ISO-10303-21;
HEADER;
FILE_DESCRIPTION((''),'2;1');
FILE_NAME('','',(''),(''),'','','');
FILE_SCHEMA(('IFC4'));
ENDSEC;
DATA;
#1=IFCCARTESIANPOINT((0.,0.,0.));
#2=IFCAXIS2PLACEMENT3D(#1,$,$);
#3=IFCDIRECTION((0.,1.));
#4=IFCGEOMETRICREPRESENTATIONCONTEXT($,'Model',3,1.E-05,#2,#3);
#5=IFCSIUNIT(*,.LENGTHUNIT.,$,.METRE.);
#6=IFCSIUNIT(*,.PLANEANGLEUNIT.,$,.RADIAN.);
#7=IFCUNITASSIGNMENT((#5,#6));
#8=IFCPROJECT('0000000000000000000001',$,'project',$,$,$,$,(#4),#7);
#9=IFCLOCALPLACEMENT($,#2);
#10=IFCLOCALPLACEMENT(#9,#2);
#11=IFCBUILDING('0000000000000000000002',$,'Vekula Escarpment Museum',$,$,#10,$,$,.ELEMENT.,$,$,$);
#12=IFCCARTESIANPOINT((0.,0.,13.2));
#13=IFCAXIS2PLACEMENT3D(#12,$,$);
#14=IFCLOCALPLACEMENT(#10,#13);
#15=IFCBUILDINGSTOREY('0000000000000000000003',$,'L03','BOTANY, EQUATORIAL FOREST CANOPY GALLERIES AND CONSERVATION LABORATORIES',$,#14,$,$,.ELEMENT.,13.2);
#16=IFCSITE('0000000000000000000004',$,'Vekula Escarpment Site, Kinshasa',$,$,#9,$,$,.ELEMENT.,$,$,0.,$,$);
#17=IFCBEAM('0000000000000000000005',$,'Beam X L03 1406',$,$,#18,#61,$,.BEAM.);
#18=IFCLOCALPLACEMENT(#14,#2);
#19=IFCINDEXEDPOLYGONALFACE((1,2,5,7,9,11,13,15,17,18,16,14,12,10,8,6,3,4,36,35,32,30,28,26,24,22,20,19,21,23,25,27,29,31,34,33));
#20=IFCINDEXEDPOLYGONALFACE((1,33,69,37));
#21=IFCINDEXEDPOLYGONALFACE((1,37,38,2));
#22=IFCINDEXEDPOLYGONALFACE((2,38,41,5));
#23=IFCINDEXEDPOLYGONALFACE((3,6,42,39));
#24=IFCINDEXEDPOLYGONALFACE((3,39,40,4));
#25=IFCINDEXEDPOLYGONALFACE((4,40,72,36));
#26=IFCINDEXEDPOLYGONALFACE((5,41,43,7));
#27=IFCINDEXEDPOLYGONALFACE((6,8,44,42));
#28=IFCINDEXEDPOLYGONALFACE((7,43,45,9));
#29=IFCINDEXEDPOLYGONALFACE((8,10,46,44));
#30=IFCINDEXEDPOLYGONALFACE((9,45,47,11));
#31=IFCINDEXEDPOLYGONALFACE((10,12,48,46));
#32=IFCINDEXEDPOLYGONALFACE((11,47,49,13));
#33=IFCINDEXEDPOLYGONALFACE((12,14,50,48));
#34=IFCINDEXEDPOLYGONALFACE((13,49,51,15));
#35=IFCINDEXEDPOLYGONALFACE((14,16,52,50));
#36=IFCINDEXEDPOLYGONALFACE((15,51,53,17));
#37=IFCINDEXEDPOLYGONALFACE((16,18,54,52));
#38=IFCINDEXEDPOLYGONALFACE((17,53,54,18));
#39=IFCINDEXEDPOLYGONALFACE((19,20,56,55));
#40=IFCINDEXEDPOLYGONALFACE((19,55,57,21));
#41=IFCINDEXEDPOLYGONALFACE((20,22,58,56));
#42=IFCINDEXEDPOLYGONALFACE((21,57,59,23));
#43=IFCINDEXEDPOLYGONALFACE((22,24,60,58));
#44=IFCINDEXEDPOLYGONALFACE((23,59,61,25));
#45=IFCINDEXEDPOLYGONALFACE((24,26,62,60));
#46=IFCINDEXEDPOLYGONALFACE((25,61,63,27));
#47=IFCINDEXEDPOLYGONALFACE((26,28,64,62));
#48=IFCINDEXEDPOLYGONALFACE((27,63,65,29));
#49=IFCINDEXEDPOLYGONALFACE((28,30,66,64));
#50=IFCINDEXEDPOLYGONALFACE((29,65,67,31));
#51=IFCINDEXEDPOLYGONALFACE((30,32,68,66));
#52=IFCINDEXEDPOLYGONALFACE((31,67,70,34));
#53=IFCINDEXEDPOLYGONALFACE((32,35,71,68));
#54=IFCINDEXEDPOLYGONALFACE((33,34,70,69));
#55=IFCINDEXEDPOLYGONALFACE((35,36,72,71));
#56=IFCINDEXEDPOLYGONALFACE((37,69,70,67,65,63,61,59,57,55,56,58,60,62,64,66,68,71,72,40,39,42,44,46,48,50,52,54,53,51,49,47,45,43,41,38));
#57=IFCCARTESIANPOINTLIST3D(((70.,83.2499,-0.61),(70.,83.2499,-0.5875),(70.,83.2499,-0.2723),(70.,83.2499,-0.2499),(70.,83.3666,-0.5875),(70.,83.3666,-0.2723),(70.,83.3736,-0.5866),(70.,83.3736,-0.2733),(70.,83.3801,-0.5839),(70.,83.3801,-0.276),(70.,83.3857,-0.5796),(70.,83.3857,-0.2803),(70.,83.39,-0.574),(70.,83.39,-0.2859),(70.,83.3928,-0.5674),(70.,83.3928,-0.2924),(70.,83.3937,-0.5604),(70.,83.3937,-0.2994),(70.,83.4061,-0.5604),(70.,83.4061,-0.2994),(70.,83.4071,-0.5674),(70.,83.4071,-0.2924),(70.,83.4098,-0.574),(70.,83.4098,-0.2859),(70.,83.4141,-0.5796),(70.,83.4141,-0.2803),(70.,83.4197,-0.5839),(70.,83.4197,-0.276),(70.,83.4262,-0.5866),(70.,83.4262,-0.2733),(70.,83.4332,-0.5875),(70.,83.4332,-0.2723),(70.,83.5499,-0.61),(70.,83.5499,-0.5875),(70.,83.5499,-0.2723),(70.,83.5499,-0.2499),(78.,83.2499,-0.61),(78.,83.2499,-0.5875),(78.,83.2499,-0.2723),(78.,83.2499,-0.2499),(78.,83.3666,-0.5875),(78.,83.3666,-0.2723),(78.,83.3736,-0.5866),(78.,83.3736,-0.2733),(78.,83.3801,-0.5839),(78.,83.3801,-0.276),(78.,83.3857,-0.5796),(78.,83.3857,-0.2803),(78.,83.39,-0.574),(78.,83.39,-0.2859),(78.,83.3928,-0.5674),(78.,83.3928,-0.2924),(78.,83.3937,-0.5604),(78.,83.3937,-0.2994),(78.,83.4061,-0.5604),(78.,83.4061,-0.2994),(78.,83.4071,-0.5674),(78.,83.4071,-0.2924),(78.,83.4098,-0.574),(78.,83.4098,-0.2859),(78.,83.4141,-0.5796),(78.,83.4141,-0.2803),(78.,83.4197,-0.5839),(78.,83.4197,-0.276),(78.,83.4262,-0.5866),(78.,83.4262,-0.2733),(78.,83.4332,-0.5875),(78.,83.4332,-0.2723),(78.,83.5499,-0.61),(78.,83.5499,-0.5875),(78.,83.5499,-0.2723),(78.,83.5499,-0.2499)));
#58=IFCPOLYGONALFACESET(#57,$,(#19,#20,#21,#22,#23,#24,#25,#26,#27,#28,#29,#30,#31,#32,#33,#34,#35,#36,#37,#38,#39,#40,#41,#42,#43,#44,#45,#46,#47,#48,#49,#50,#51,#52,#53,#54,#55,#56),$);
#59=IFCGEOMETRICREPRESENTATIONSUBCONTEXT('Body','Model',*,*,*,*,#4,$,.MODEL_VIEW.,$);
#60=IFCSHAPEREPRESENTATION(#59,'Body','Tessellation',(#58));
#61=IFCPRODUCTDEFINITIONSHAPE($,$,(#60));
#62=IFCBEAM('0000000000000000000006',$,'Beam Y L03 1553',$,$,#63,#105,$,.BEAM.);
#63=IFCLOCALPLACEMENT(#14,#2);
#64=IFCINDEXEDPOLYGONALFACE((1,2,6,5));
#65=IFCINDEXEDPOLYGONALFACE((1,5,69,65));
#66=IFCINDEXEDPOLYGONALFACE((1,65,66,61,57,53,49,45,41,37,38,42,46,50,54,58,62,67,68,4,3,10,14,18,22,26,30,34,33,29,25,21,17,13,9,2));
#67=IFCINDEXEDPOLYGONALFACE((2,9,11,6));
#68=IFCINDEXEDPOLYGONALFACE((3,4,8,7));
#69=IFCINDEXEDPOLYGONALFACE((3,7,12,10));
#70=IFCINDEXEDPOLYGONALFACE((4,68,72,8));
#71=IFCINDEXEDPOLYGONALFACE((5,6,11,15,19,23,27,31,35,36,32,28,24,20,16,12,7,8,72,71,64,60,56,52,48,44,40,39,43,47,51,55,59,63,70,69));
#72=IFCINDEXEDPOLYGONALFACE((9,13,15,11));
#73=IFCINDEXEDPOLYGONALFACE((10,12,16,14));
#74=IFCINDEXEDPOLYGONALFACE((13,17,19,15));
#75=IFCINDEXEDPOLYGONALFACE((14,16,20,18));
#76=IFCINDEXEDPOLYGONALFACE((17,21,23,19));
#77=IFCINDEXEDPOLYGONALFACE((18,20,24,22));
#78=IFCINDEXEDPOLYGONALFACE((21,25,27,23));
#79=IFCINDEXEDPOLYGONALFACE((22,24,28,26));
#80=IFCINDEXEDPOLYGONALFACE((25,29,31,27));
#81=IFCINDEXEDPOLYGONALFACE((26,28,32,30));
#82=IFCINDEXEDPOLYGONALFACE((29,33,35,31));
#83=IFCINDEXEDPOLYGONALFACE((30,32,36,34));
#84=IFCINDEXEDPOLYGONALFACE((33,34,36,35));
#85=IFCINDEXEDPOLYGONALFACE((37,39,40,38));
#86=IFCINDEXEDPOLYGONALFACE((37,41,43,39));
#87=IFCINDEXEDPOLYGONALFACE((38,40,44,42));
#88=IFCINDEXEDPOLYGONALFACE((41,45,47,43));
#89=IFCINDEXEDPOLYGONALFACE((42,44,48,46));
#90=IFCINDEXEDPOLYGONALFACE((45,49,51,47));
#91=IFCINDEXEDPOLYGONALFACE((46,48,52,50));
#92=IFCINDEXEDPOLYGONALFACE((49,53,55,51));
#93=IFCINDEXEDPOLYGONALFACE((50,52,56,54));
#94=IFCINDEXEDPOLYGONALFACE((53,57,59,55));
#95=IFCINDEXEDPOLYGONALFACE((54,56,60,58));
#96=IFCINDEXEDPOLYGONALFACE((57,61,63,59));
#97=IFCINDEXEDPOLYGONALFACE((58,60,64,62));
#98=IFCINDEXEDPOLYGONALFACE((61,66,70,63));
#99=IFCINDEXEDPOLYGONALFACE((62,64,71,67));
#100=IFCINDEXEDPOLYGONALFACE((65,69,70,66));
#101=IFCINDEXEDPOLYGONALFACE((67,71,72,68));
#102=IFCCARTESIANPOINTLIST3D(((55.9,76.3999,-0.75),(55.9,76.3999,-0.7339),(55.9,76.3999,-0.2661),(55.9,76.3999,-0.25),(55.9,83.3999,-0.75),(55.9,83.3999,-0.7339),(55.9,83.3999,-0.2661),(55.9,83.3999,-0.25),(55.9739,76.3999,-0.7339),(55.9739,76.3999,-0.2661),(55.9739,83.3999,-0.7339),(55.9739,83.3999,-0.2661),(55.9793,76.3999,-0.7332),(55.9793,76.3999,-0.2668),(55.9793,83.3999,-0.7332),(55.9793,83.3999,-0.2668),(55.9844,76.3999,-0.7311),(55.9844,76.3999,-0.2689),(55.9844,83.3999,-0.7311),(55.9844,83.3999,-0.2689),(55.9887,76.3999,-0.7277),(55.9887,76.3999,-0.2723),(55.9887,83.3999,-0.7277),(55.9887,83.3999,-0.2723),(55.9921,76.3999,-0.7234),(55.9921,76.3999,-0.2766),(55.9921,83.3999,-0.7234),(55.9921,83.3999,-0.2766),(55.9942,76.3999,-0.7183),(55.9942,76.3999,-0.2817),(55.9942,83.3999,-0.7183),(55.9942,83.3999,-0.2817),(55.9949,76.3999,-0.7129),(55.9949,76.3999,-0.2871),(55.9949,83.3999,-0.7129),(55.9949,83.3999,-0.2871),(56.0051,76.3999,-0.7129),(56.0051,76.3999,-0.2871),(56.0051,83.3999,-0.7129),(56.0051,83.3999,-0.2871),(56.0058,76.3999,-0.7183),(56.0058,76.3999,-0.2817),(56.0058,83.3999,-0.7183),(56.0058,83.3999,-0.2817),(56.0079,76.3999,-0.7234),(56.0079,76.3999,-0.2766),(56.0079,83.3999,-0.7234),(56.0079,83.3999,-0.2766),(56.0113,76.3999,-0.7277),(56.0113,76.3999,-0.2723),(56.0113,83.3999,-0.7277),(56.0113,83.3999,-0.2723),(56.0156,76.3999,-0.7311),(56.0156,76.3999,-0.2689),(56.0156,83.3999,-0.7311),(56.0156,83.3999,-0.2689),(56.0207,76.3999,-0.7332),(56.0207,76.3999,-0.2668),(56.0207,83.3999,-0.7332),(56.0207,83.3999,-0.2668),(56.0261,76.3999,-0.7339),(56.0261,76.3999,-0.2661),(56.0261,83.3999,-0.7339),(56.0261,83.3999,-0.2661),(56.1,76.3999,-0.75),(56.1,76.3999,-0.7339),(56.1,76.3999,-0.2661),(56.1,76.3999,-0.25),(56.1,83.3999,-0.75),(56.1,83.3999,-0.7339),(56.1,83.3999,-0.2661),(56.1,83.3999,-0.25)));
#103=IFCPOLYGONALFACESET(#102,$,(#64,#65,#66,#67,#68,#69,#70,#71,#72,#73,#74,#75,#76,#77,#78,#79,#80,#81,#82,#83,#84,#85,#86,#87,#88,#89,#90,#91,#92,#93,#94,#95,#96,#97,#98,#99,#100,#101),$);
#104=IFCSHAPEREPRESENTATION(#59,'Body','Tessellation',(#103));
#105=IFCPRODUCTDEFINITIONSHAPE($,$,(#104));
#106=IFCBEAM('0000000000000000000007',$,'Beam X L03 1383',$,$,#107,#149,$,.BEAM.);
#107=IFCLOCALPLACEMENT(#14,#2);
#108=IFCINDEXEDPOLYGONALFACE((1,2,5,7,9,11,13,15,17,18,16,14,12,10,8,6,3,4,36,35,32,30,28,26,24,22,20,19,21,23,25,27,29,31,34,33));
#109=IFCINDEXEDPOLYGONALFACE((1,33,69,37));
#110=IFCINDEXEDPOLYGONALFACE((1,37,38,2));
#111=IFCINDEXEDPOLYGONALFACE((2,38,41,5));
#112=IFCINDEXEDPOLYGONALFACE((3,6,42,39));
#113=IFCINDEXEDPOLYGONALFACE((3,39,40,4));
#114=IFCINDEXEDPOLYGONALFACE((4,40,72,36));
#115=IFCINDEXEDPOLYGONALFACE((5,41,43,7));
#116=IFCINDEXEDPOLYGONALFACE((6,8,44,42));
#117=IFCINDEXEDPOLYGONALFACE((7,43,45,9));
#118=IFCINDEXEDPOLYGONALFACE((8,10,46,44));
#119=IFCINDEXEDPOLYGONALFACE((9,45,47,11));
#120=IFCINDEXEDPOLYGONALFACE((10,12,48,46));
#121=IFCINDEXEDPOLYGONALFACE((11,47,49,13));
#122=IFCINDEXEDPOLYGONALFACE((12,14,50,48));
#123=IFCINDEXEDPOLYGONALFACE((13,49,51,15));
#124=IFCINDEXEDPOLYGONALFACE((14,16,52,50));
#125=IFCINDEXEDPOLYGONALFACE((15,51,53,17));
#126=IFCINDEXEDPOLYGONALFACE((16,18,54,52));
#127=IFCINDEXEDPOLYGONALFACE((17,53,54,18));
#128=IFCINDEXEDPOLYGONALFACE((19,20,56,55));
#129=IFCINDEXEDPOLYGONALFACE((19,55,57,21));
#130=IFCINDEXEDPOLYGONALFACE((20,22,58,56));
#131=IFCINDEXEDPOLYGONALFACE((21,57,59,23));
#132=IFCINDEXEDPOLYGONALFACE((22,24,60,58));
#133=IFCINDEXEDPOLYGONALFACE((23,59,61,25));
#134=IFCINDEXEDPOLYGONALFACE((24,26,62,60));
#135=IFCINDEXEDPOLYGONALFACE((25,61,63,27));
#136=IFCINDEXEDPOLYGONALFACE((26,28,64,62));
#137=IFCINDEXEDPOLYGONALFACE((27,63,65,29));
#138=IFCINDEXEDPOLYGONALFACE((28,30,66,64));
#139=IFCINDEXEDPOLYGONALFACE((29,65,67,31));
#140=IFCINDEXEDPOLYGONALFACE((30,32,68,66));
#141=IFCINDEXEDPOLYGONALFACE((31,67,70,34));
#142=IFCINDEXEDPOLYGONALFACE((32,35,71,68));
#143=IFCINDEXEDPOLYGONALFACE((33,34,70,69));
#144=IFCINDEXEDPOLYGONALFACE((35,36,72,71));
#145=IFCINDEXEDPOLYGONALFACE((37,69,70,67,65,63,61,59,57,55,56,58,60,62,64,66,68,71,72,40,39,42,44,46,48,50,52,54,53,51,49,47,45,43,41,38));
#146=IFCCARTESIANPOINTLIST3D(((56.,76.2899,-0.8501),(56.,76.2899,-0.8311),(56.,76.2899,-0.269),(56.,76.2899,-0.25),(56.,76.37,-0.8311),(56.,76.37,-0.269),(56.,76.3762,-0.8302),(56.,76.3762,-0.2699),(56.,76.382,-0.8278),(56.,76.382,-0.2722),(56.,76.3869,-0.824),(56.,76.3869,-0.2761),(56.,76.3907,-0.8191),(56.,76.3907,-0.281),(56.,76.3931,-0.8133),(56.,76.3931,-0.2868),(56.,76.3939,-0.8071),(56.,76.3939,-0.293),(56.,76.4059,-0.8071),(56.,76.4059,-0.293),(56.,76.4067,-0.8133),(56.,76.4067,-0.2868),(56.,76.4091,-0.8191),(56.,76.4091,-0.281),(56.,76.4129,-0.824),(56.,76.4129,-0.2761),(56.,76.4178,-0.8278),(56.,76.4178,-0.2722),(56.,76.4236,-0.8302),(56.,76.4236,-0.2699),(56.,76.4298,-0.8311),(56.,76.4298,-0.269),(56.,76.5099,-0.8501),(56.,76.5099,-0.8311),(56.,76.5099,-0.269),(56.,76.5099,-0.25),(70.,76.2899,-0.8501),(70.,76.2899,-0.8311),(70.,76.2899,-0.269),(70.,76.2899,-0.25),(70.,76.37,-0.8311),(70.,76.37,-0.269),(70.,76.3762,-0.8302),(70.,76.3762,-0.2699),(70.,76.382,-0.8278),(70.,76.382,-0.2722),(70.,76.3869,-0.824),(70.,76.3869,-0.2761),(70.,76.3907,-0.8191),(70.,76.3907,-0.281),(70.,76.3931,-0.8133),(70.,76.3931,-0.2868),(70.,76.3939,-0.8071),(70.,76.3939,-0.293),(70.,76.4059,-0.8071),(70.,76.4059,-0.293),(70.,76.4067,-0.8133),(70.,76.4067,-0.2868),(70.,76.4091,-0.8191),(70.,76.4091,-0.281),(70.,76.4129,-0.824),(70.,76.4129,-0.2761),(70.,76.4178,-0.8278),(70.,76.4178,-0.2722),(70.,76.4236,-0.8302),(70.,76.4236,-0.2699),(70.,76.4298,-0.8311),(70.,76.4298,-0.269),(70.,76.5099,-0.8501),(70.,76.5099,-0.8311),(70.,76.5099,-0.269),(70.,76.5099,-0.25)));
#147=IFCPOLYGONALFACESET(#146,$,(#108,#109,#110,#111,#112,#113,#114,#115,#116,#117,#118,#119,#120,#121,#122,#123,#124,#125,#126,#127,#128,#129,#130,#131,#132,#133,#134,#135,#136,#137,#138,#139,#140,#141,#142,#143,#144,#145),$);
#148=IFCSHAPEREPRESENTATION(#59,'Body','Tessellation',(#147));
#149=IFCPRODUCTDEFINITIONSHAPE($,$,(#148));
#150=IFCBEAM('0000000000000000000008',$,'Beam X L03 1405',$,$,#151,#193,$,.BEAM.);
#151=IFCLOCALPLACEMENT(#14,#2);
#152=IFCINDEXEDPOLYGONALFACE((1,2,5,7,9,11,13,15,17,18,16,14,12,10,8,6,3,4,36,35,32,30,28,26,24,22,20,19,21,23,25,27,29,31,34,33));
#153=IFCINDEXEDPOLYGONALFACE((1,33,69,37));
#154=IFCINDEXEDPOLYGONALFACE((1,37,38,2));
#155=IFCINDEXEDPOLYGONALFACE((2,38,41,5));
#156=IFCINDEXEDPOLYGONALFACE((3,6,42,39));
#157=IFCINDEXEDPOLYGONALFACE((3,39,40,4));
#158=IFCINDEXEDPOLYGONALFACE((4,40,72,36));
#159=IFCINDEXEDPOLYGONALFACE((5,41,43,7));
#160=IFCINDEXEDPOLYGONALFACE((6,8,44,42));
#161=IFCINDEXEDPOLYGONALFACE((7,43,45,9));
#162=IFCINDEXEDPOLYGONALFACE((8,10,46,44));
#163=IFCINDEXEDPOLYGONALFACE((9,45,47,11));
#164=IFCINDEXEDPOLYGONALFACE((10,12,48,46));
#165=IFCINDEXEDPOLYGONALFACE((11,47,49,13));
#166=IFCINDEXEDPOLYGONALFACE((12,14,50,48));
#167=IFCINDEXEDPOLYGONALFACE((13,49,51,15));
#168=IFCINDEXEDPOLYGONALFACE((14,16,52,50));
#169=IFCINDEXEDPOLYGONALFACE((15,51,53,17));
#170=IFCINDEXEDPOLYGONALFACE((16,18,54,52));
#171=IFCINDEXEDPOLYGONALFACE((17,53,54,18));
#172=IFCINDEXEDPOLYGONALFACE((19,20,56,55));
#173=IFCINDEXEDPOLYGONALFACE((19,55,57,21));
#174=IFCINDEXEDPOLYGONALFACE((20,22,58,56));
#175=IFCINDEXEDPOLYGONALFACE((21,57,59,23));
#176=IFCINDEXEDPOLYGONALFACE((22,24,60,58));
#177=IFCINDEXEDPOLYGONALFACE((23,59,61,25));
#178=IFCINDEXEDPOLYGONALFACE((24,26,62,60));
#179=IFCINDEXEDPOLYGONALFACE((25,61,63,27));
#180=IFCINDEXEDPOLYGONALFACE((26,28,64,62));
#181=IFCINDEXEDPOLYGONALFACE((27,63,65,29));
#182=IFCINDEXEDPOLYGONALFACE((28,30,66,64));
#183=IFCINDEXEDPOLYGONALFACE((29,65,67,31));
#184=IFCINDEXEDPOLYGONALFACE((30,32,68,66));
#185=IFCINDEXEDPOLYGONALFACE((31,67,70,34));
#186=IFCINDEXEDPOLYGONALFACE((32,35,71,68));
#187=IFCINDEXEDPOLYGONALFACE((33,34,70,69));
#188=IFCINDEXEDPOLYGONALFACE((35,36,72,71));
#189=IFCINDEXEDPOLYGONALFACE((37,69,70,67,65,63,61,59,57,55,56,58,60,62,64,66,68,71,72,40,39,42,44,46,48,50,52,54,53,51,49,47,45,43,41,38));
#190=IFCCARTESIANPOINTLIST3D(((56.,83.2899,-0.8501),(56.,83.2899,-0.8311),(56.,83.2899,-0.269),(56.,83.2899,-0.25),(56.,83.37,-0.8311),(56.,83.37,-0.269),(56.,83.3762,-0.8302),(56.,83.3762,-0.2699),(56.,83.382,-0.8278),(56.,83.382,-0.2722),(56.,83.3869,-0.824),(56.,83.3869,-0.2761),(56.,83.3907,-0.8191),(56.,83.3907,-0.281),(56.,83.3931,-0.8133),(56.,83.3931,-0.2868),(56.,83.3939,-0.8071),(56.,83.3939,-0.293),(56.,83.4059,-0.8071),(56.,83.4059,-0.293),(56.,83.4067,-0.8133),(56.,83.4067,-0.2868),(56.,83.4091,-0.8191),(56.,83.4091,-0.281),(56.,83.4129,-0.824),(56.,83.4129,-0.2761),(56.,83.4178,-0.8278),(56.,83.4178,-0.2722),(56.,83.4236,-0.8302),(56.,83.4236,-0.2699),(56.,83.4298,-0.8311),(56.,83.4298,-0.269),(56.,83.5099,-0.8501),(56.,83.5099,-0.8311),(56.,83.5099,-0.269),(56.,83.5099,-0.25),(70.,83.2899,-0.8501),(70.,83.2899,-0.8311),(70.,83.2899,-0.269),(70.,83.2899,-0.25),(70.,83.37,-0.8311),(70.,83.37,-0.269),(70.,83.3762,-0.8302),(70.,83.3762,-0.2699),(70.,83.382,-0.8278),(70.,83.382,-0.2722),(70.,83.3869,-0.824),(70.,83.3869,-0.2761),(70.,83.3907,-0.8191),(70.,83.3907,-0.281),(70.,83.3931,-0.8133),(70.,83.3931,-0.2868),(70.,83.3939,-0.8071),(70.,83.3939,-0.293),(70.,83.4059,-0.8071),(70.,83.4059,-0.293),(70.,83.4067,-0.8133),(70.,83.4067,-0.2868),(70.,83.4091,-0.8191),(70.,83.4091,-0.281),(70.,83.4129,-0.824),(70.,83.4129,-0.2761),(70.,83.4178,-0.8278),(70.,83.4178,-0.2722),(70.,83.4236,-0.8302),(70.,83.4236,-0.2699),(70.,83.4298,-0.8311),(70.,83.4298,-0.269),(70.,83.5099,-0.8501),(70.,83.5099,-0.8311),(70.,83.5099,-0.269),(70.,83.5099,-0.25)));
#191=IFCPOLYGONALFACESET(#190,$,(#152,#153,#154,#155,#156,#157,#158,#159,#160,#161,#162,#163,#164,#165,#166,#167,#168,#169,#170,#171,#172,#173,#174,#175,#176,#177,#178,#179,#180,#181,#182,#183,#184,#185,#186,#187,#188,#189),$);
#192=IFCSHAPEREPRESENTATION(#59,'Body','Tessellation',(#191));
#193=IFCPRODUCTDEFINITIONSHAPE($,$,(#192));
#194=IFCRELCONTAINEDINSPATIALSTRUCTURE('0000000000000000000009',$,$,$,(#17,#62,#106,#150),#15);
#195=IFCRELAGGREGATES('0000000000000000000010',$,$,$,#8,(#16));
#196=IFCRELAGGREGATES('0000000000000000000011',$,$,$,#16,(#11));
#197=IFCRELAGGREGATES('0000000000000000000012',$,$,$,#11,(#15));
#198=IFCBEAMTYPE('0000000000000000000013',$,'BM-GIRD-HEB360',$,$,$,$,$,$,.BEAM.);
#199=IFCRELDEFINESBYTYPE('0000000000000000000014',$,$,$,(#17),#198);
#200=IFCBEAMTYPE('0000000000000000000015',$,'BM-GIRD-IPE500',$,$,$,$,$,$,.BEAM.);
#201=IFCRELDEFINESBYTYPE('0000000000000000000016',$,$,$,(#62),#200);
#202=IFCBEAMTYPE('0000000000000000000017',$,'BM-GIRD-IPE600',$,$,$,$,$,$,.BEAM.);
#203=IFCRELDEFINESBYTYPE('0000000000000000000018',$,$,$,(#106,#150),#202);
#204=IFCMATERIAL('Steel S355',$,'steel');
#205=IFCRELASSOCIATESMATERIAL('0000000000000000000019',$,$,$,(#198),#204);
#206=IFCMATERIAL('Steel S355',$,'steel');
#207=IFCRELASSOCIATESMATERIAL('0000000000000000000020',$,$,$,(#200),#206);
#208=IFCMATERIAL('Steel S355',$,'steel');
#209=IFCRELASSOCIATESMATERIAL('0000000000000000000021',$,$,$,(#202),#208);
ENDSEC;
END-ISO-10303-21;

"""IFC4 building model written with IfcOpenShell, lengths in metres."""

from ifc_helpers import new_model, si_unit, direction, frame, origin, origin_2d, place, context, subcontext, project, spatial, i_section, extrude, material, material_profile, profile_set, type_object, element, save


model = new_model("IFC4")

# Units and contexts
model_context = context("Model", 3, precision=1e-05, world=origin(), true_north=direction((0.0, 1.0)))
body_context = subcontext(model_context, "Body", "Model", "MODEL_VIEW")
ifc_project = project(units=[si_unit("LENGTHUNIT", "METRE"), si_unit("PLANEANGLEUNIT", "RADIAN")], contexts=[model_context])

# Site, building, storey
site_placement = place(None, origin())
site = spatial("IfcSite", under=ifc_project, at=site_placement, Name="Vekula Escarpment Site, Kinshasa", CompositionType="ELEMENT", RefElevation=0.0)
building_placement = place(site_placement, origin())
building = spatial("IfcBuilding", under=site, at=building_placement, Name="Vekula Escarpment Museum", CompositionType="ELEMENT")
storey_placement = place(building_placement, frame((0.0, 0.0, 13.2)))
storey = spatial("IfcBuildingStorey", under=building, at=storey_placement, Name="L03", Description="BOTANY, EQUATORIAL FOREST CANOPY GALLERIES AND CONSERVATION LABORATORIES", CompositionType="ELEMENT", Elevation=13.2)

# Beams
ifc_material_1 = material(Name="Steel S355", Category="steel")
ifc_material_profile_1 = material_profile(ifc_material_1, i_section(OverallWidth=0.3, OverallDepth=0.3601, WebThickness=0.0125, FlangeThickness=0.0225, FilletRadius=0.0271, at=origin_2d()), Name="HEB 360")
ifc_profile_set_1 = profile_set([ifc_material_profile_1], Name="Steel S355")
beam_type_1 = type_object("IfcBeamType", Name="BM-GIRD-HEB360", PredefinedType="BEAM", material=ifc_profile_set_1)
beam_1_placement = place(storey_placement, frame((70.0, 83.3999, -0.4299), z_axis=(1.0, 0.0, 0.0), x_axis=(0.0, 1.0, 0.0)))
element("IfcBeam", 1, at=beam_1_placement, inside=storey, type_object=beam_type_1, Name="Beam X L03 1406", PredefinedType="BEAM", context=body_context, shape_type="SweptSolid", body=[
    extrude(i_section(OverallWidth=0.3, OverallDepth=0.3601, WebThickness=0.0125, FlangeThickness=0.0225, FilletRadius=0.0271, at=origin_2d()), origin(), (0.0, 0.0, 1.0), 8.0),
])
ifc_material_2 = material(Name="Steel S355", Category="steel")
ifc_material_profile_2 = material_profile(ifc_material_2, i_section(OverallWidth=0.2, OverallDepth=0.5, WebThickness=0.0103, FlangeThickness=0.0161, FilletRadius=0.021, at=origin_2d()), Name="IPE 500")
ifc_profile_set_2 = profile_set([ifc_material_profile_2], Name="Steel S355")
beam_type_2 = type_object("IfcBeamType", Name="BM-GIRD-IPE500", PredefinedType="BEAM", material=ifc_profile_set_2)
beam_2_placement = place(storey_placement, frame((56.0, 76.3999, -0.5), z_axis=(0.0, 1.0, 0.0), x_axis=(-1.0, 0.0, 0.0)))
element("IfcBeam", 2, at=beam_2_placement, inside=storey, type_object=beam_type_2, Name="Beam Y L03 1553", PredefinedType="BEAM", context=body_context, shape_type="SweptSolid", body=[
    extrude(i_section(OverallWidth=0.2, OverallDepth=0.5, WebThickness=0.0103, FlangeThickness=0.0161, FilletRadius=0.021, at=origin_2d()), origin(), (0.0, 0.0, 1.0), 7.0),
])
ifc_material_3 = material(Name="Steel S355", Category="steel")
ifc_material_profile_3 = material_profile(ifc_material_3, i_section(OverallWidth=0.22, OverallDepth=0.6001, WebThickness=0.012, FlangeThickness=0.019, FilletRadius=0.0239, at=origin_2d()), Name="IPE 600")
ifc_profile_set_3 = profile_set([ifc_material_profile_3], Name="Steel S355")
beam_type_3 = type_object("IfcBeamType", Name="BM-GIRD-IPE600", PredefinedType="BEAM", material=ifc_profile_set_3)
for number, where, z_axis, x_axis, name in (
    (3, (56.0, 76.3999, -0.55), (1.0, 0.0, 0.0), (0.0, 1.0, 0.0), "Beam X L03 1383"),
    (4, (56.0, 83.3999, -0.55), (1.0, 0.0, 0.0), (0.0, 1.0, 0.0), "Beam X L03 1405"),
):
    element("IfcBeam", number, at=place(storey_placement, frame(where, z_axis=z_axis, x_axis=x_axis)), inside=storey, type_object=beam_type_3, Name=name, PredefinedType="BEAM", context=body_context, shape_type="SweptSolid", body=[
        extrude(i_section(OverallWidth=0.22, OverallDepth=0.6001, WebThickness=0.012, FlangeThickness=0.019, FilletRadius=0.0239, at=origin_2d()), origin(), (0.0, 0.0, 1.0), 14.0),
    ])

save(model, "model.ifc")
